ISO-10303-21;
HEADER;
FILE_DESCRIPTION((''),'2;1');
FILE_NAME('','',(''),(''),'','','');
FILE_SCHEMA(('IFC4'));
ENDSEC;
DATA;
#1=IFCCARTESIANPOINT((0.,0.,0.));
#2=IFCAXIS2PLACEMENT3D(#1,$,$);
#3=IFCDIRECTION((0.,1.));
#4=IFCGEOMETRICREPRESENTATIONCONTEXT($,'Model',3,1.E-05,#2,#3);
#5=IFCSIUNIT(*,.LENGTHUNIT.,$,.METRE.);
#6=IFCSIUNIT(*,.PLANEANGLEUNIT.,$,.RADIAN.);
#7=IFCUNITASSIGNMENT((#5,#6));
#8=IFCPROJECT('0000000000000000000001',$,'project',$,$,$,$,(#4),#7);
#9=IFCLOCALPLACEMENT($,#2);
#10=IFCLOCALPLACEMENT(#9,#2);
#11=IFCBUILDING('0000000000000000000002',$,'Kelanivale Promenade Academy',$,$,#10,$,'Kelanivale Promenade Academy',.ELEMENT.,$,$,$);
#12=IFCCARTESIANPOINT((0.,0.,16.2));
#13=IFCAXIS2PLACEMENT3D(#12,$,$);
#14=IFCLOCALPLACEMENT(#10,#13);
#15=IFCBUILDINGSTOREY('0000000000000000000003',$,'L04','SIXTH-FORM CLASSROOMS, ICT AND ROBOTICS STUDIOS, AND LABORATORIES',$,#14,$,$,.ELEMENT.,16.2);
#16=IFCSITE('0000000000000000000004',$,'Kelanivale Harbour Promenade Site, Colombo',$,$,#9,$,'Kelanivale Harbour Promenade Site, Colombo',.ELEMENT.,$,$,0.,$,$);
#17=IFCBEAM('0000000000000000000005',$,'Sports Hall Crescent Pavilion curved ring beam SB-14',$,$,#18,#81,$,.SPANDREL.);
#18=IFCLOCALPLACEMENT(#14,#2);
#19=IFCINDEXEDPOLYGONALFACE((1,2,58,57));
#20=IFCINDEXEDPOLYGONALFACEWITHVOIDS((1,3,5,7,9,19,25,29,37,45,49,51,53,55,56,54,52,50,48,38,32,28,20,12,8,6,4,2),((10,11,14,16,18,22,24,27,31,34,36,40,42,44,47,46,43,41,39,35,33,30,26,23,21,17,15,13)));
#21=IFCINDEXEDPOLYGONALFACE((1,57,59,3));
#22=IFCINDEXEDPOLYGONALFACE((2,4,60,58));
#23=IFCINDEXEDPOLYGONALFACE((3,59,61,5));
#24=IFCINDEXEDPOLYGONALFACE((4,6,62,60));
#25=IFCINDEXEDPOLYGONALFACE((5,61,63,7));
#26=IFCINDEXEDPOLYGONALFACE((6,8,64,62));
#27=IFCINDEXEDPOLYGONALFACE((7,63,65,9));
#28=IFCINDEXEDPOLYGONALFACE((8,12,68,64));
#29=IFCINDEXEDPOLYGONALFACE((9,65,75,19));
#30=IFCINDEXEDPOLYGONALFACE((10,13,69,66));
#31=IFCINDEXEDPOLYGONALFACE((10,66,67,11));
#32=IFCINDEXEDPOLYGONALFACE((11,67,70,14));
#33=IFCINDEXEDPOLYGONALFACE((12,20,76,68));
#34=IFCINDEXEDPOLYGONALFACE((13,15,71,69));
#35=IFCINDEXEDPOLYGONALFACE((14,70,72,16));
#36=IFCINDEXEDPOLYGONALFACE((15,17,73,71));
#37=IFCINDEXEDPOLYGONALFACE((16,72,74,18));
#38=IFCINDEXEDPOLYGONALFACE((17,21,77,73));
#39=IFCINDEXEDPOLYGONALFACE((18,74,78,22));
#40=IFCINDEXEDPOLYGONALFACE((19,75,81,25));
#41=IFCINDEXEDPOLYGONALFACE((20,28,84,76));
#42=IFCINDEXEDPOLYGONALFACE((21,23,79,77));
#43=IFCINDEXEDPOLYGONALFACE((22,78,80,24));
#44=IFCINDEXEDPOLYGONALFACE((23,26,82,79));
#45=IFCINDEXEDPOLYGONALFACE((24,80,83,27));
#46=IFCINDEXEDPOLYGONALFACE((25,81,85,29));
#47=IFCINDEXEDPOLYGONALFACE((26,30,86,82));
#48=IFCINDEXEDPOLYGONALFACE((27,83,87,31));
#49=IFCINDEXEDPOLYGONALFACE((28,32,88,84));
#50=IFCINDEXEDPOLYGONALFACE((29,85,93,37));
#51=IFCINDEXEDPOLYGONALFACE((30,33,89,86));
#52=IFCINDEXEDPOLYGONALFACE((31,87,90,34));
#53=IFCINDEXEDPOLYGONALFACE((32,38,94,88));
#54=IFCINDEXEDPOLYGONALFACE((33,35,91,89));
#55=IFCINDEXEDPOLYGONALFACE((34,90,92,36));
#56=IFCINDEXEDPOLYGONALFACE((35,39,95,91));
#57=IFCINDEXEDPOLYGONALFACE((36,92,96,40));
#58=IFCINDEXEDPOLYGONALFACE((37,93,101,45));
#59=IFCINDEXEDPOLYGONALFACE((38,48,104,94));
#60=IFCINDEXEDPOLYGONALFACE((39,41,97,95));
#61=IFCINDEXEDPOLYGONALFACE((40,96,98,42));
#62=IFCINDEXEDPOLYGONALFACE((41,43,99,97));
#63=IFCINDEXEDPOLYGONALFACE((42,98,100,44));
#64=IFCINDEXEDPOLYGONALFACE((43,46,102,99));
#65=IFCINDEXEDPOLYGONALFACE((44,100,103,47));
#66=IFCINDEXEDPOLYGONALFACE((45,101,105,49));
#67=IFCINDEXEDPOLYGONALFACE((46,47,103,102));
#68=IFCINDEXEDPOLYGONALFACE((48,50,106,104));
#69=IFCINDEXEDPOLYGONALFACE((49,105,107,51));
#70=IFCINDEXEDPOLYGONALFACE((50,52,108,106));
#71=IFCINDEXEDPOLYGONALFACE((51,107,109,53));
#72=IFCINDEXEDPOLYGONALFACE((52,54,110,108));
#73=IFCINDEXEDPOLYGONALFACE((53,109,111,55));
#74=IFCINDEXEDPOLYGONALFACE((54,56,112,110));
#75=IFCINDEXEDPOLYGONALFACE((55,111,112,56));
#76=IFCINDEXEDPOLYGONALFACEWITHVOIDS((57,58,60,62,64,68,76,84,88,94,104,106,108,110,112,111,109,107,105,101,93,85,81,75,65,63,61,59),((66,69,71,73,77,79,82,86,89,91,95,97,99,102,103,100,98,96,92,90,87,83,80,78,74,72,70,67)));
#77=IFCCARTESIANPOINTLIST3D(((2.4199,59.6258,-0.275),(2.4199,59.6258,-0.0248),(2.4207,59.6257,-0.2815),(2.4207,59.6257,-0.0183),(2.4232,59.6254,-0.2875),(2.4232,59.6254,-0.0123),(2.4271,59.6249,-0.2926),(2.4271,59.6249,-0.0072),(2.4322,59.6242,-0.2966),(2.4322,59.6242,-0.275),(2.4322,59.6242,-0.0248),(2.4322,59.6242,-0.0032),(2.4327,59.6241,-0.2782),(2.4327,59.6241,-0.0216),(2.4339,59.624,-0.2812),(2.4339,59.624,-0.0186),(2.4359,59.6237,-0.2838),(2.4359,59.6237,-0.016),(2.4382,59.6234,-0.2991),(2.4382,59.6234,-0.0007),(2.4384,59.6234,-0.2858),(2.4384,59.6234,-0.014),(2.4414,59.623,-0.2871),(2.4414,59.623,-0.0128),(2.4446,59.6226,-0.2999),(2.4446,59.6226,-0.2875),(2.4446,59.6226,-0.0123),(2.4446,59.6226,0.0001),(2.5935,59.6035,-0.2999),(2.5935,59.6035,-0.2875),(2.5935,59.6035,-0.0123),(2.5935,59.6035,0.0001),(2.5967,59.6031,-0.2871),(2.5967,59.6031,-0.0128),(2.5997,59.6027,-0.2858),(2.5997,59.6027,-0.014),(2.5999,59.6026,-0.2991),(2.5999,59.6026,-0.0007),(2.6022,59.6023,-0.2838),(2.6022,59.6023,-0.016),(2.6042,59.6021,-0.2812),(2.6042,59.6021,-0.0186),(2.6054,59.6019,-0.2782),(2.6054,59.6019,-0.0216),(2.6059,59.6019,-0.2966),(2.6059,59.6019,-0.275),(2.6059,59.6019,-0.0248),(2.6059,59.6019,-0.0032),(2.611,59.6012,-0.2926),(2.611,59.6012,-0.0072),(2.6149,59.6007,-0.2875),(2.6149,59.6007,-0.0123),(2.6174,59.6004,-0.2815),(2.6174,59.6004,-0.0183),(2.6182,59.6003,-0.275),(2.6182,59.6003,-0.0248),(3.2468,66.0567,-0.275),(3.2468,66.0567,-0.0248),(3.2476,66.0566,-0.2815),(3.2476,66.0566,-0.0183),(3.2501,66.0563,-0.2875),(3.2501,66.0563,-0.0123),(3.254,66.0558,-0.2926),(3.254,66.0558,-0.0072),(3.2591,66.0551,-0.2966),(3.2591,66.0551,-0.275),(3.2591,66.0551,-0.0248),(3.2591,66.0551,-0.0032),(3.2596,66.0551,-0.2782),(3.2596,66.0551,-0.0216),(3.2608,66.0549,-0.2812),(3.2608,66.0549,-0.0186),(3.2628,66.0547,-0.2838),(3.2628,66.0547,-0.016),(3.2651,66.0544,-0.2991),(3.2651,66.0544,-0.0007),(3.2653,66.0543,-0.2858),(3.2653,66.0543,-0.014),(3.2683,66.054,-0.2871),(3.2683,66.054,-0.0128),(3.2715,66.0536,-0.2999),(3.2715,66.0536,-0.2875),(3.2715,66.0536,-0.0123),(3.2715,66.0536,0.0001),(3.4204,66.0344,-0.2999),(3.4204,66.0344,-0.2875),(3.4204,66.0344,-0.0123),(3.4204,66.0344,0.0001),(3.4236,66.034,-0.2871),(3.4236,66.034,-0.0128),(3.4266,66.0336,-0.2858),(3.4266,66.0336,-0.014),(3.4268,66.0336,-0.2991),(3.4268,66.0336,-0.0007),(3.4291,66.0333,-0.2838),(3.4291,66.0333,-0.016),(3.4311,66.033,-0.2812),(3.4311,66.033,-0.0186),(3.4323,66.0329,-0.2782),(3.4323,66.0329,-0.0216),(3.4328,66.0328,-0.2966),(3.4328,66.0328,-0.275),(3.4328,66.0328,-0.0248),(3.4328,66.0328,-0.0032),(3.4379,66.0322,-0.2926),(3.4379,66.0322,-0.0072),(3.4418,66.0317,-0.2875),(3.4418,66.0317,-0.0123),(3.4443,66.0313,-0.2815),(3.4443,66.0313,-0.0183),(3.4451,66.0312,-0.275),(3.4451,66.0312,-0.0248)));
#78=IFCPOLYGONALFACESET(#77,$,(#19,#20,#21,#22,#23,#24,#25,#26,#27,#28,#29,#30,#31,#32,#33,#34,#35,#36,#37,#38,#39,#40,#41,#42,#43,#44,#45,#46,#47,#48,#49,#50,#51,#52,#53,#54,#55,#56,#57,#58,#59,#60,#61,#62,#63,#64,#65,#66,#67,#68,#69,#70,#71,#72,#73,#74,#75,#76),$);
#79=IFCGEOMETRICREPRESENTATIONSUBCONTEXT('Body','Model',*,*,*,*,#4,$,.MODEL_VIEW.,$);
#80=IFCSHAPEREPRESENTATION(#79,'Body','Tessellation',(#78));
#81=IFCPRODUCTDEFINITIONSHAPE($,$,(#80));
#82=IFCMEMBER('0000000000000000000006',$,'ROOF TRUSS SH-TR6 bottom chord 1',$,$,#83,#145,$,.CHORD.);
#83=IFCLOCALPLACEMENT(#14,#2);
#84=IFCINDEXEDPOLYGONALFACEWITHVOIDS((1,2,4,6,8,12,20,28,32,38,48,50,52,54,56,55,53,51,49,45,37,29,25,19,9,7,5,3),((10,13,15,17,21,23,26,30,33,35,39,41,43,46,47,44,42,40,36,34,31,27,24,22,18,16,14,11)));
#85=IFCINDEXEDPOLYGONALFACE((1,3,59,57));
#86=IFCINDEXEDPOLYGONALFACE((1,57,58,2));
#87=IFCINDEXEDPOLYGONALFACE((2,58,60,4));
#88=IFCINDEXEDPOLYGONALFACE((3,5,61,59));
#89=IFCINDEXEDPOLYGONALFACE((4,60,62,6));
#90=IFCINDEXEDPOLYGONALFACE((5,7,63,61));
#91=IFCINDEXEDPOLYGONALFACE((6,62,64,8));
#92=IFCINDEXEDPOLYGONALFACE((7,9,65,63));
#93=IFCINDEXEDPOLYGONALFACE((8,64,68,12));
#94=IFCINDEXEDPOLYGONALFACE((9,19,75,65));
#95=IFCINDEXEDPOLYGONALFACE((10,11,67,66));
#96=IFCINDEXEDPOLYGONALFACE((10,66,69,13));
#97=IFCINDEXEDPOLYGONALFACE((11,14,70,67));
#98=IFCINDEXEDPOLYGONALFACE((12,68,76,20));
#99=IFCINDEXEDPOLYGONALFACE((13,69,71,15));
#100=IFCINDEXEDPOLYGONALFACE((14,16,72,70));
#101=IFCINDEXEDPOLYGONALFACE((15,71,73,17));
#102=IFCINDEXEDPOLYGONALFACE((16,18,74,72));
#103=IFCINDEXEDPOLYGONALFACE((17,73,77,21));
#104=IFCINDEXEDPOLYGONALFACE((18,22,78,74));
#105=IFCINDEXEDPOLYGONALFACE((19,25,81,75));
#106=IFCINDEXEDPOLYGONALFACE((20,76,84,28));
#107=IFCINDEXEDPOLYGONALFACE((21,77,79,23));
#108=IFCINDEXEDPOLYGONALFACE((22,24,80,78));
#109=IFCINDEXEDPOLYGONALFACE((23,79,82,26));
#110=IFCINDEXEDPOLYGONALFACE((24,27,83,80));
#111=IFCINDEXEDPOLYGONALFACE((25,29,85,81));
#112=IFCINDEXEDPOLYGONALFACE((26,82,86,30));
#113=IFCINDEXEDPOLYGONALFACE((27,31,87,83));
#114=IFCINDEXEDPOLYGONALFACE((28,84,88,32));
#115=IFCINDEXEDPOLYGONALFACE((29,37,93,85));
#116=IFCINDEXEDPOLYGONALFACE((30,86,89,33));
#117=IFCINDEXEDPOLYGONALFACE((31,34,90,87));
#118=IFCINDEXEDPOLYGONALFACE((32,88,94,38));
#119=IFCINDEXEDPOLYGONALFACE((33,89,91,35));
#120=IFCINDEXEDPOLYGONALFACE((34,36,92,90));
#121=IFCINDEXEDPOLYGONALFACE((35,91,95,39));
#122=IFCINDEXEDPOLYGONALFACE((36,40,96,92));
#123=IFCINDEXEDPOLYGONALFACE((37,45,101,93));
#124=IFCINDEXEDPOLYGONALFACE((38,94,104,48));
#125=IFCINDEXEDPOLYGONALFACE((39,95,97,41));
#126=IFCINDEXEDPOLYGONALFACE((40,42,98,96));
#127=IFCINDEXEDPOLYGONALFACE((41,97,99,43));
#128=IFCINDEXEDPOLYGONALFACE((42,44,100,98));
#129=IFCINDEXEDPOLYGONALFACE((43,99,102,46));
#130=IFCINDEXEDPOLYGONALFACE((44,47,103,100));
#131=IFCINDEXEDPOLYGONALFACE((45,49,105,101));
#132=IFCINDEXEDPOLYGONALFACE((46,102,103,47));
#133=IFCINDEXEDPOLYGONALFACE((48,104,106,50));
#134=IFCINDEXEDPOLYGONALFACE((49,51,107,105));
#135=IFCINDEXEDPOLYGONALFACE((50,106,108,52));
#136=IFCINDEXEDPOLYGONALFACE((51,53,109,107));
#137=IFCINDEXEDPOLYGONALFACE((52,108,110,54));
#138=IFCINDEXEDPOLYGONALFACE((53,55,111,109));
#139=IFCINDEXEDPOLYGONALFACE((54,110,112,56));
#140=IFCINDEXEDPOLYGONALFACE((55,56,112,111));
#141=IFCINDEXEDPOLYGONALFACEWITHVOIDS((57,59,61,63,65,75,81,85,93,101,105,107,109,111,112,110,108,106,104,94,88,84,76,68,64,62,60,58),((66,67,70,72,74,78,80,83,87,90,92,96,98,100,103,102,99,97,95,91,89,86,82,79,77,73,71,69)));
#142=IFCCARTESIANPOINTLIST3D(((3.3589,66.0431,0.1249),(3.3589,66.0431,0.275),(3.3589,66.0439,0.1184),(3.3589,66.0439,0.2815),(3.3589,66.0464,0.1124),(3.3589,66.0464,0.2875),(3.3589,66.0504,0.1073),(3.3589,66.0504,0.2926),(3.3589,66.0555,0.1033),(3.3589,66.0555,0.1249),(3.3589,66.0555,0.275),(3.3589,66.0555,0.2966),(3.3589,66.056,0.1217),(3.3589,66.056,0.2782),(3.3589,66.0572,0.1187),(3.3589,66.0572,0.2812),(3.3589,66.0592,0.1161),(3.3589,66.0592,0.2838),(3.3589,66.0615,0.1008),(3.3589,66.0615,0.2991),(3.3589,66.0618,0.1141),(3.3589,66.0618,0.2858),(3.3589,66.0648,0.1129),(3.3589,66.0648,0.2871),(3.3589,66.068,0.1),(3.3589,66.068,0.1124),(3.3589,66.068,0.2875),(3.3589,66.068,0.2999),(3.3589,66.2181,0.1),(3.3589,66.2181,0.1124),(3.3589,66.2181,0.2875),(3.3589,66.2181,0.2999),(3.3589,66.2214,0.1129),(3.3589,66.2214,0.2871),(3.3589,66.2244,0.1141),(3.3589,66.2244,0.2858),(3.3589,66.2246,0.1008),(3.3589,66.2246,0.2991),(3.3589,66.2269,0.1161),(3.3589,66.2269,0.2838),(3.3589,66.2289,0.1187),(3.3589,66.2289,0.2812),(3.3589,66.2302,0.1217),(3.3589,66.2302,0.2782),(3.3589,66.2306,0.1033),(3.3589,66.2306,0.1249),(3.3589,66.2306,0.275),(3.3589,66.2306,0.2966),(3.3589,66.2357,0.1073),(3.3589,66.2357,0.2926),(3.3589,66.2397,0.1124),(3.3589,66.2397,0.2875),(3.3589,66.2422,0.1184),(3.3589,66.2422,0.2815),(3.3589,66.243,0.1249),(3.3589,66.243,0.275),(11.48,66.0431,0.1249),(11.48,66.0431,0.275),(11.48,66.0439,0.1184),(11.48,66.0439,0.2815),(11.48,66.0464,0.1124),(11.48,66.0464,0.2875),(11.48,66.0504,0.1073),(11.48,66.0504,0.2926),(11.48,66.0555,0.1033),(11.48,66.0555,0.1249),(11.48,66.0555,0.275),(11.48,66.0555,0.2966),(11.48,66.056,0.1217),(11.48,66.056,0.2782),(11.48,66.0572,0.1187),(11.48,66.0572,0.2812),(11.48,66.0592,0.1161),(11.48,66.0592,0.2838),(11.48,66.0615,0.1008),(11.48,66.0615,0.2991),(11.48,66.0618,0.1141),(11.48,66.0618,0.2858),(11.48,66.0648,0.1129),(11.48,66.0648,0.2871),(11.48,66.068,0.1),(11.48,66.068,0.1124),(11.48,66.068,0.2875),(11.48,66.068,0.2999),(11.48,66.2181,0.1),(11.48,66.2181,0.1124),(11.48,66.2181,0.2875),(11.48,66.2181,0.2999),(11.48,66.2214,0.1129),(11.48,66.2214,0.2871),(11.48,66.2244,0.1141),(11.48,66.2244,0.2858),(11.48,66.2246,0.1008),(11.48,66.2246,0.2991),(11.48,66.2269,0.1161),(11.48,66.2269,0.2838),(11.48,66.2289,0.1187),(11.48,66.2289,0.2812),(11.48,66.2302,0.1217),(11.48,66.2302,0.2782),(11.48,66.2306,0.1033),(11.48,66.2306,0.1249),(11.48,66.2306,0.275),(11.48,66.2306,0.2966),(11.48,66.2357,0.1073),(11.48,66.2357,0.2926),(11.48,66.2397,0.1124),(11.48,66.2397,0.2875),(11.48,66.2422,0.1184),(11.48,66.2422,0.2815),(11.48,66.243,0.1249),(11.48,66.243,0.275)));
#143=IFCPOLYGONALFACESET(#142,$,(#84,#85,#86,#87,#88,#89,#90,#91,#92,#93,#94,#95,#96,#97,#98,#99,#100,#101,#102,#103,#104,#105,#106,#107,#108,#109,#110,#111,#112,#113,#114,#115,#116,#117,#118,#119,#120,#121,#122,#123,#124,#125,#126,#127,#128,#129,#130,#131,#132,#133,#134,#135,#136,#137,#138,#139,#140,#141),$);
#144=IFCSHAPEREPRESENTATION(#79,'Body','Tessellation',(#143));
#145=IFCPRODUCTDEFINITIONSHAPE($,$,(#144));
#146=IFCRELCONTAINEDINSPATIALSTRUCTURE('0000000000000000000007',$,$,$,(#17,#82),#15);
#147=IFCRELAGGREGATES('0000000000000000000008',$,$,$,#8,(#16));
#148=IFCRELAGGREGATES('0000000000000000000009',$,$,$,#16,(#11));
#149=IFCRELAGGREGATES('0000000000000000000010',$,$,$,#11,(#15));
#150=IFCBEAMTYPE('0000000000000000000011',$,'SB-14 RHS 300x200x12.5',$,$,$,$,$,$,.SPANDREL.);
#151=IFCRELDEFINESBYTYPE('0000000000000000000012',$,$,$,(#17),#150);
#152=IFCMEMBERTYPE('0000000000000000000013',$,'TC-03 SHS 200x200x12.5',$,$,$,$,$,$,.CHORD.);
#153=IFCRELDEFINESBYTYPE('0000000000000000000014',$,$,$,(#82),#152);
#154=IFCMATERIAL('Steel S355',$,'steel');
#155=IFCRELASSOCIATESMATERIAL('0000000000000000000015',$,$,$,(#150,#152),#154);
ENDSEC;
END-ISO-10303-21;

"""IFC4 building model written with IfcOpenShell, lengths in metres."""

from ifc_helpers import new_model, si_unit, direction, frame, origin, origin_2d, place, context, subcontext, project, spatial, hollow_rectangle, extrude, material, material_profile, profile_set, type_object, element, save


model = new_model("IFC4")

# Units and contexts
model_context = context("Model", 3, precision=1e-05, world=origin(), true_north=direction((0.0, 1.0)))
body_context = subcontext(model_context, "Body", "Model", "MODEL_VIEW")
ifc_project = project(units=[si_unit("LENGTHUNIT", "METRE"), si_unit("PLANEANGLEUNIT", "RADIAN")], contexts=[model_context])

# Site, building, storey
site_placement = place(None, origin())
site = spatial("IfcSite", under=ifc_project, at=site_placement, Name="Kelanivale Harbour Promenade Site, Colombo", LongName="Kelanivale Harbour Promenade Site, Colombo", CompositionType="ELEMENT", RefElevation=0.0)
building_placement = place(site_placement, origin())
building = spatial("IfcBuilding", under=site, at=building_placement, Name="Kelanivale Promenade Academy", LongName="Kelanivale Promenade Academy", CompositionType="ELEMENT")
storey_placement = place(building_placement, frame((0.0, 0.0, 16.2)))
storey = spatial("IfcBuildingStorey", under=building, at=storey_placement, Name="L04", Description="SIXTH-FORM CLASSROOMS, ICT AND ROBOTICS STUDIOS, AND LABORATORIES", CompositionType="ELEMENT", Elevation=16.2)

# Shared definitions
ifc_material_1 = material(Name="Steel S355", Category="steel")

# Beam
ifc_material_profile_1 = material_profile(ifc_material_1, hollow_rectangle(XDim=0.2, YDim=0.3, WallThickness=0.0125, InnerFilletRadius=0.0125, OuterFilletRadius=0.0249, at=origin_2d()), Name="RHS 300x200x12.5")
ifc_profile_set_1 = profile_set([ifc_material_profile_1], Name="Steel S355")
beam_type = type_object("IfcBeamType", Name="SB-14 RHS 300x200x12.5", PredefinedType="SPANDREL", material=ifc_profile_set_1)
beam_placement = place(storey_placement, frame((2.519, 59.613, -0.1499), z_axis=(0.127533, 0.991834, 0.0), x_axis=(-0.991834, 0.127533, 0.0)))
element("IfcBeam", 1, at=beam_placement, inside=storey, type_object=beam_type, Name="Sports Hall Crescent Pavilion curved ring beam SB-14", PredefinedType="SPANDREL", context=body_context, shape_type="SweptSolid", body=[
    extrude(hollow_rectangle(XDim=0.2, YDim=0.3, WallThickness=0.0125, InnerFilletRadius=0.0125, OuterFilletRadius=0.0249, at=origin_2d()), origin(), (0.0, 0.0, 1.0), 6.4839),
])

# Member
ifc_material_profile_2 = material_profile(ifc_material_1, hollow_rectangle(XDim=0.2, YDim=0.2, WallThickness=0.0125, InnerFilletRadius=0.0125, OuterFilletRadius=0.0249, at=origin_2d()), Name="SHS 200x200x12.5")
ifc_profile_set_2 = profile_set([ifc_material_profile_2], Name="Steel S355")
member_type_1 = type_object("IfcMemberType", Name="TC-03 SHS 200x200x12.5", PredefinedType="CHORD", material=ifc_profile_set_2)
member_1_placement = place(storey_placement, frame((3.3589, 66.1431, 0.2), z_axis=(1.0, 0.0, 0.0), x_axis=(0.0, 1.0, 0.0)))
element("IfcMember", 2, at=member_1_placement, inside=storey, type_object=member_type_1, Name="ROOF TRUSS SH-TR6 bottom chord 1", PredefinedType="CHORD", context=body_context, shape_type="SweptSolid", body=[
    extrude(hollow_rectangle(XDim=0.2, YDim=0.2, WallThickness=0.0125, InnerFilletRadius=0.0125, OuterFilletRadius=0.0249, at=origin_2d()), origin(), (0.0, 0.0, 1.0), 8.1211),
])

save(model, "model.ifc")
